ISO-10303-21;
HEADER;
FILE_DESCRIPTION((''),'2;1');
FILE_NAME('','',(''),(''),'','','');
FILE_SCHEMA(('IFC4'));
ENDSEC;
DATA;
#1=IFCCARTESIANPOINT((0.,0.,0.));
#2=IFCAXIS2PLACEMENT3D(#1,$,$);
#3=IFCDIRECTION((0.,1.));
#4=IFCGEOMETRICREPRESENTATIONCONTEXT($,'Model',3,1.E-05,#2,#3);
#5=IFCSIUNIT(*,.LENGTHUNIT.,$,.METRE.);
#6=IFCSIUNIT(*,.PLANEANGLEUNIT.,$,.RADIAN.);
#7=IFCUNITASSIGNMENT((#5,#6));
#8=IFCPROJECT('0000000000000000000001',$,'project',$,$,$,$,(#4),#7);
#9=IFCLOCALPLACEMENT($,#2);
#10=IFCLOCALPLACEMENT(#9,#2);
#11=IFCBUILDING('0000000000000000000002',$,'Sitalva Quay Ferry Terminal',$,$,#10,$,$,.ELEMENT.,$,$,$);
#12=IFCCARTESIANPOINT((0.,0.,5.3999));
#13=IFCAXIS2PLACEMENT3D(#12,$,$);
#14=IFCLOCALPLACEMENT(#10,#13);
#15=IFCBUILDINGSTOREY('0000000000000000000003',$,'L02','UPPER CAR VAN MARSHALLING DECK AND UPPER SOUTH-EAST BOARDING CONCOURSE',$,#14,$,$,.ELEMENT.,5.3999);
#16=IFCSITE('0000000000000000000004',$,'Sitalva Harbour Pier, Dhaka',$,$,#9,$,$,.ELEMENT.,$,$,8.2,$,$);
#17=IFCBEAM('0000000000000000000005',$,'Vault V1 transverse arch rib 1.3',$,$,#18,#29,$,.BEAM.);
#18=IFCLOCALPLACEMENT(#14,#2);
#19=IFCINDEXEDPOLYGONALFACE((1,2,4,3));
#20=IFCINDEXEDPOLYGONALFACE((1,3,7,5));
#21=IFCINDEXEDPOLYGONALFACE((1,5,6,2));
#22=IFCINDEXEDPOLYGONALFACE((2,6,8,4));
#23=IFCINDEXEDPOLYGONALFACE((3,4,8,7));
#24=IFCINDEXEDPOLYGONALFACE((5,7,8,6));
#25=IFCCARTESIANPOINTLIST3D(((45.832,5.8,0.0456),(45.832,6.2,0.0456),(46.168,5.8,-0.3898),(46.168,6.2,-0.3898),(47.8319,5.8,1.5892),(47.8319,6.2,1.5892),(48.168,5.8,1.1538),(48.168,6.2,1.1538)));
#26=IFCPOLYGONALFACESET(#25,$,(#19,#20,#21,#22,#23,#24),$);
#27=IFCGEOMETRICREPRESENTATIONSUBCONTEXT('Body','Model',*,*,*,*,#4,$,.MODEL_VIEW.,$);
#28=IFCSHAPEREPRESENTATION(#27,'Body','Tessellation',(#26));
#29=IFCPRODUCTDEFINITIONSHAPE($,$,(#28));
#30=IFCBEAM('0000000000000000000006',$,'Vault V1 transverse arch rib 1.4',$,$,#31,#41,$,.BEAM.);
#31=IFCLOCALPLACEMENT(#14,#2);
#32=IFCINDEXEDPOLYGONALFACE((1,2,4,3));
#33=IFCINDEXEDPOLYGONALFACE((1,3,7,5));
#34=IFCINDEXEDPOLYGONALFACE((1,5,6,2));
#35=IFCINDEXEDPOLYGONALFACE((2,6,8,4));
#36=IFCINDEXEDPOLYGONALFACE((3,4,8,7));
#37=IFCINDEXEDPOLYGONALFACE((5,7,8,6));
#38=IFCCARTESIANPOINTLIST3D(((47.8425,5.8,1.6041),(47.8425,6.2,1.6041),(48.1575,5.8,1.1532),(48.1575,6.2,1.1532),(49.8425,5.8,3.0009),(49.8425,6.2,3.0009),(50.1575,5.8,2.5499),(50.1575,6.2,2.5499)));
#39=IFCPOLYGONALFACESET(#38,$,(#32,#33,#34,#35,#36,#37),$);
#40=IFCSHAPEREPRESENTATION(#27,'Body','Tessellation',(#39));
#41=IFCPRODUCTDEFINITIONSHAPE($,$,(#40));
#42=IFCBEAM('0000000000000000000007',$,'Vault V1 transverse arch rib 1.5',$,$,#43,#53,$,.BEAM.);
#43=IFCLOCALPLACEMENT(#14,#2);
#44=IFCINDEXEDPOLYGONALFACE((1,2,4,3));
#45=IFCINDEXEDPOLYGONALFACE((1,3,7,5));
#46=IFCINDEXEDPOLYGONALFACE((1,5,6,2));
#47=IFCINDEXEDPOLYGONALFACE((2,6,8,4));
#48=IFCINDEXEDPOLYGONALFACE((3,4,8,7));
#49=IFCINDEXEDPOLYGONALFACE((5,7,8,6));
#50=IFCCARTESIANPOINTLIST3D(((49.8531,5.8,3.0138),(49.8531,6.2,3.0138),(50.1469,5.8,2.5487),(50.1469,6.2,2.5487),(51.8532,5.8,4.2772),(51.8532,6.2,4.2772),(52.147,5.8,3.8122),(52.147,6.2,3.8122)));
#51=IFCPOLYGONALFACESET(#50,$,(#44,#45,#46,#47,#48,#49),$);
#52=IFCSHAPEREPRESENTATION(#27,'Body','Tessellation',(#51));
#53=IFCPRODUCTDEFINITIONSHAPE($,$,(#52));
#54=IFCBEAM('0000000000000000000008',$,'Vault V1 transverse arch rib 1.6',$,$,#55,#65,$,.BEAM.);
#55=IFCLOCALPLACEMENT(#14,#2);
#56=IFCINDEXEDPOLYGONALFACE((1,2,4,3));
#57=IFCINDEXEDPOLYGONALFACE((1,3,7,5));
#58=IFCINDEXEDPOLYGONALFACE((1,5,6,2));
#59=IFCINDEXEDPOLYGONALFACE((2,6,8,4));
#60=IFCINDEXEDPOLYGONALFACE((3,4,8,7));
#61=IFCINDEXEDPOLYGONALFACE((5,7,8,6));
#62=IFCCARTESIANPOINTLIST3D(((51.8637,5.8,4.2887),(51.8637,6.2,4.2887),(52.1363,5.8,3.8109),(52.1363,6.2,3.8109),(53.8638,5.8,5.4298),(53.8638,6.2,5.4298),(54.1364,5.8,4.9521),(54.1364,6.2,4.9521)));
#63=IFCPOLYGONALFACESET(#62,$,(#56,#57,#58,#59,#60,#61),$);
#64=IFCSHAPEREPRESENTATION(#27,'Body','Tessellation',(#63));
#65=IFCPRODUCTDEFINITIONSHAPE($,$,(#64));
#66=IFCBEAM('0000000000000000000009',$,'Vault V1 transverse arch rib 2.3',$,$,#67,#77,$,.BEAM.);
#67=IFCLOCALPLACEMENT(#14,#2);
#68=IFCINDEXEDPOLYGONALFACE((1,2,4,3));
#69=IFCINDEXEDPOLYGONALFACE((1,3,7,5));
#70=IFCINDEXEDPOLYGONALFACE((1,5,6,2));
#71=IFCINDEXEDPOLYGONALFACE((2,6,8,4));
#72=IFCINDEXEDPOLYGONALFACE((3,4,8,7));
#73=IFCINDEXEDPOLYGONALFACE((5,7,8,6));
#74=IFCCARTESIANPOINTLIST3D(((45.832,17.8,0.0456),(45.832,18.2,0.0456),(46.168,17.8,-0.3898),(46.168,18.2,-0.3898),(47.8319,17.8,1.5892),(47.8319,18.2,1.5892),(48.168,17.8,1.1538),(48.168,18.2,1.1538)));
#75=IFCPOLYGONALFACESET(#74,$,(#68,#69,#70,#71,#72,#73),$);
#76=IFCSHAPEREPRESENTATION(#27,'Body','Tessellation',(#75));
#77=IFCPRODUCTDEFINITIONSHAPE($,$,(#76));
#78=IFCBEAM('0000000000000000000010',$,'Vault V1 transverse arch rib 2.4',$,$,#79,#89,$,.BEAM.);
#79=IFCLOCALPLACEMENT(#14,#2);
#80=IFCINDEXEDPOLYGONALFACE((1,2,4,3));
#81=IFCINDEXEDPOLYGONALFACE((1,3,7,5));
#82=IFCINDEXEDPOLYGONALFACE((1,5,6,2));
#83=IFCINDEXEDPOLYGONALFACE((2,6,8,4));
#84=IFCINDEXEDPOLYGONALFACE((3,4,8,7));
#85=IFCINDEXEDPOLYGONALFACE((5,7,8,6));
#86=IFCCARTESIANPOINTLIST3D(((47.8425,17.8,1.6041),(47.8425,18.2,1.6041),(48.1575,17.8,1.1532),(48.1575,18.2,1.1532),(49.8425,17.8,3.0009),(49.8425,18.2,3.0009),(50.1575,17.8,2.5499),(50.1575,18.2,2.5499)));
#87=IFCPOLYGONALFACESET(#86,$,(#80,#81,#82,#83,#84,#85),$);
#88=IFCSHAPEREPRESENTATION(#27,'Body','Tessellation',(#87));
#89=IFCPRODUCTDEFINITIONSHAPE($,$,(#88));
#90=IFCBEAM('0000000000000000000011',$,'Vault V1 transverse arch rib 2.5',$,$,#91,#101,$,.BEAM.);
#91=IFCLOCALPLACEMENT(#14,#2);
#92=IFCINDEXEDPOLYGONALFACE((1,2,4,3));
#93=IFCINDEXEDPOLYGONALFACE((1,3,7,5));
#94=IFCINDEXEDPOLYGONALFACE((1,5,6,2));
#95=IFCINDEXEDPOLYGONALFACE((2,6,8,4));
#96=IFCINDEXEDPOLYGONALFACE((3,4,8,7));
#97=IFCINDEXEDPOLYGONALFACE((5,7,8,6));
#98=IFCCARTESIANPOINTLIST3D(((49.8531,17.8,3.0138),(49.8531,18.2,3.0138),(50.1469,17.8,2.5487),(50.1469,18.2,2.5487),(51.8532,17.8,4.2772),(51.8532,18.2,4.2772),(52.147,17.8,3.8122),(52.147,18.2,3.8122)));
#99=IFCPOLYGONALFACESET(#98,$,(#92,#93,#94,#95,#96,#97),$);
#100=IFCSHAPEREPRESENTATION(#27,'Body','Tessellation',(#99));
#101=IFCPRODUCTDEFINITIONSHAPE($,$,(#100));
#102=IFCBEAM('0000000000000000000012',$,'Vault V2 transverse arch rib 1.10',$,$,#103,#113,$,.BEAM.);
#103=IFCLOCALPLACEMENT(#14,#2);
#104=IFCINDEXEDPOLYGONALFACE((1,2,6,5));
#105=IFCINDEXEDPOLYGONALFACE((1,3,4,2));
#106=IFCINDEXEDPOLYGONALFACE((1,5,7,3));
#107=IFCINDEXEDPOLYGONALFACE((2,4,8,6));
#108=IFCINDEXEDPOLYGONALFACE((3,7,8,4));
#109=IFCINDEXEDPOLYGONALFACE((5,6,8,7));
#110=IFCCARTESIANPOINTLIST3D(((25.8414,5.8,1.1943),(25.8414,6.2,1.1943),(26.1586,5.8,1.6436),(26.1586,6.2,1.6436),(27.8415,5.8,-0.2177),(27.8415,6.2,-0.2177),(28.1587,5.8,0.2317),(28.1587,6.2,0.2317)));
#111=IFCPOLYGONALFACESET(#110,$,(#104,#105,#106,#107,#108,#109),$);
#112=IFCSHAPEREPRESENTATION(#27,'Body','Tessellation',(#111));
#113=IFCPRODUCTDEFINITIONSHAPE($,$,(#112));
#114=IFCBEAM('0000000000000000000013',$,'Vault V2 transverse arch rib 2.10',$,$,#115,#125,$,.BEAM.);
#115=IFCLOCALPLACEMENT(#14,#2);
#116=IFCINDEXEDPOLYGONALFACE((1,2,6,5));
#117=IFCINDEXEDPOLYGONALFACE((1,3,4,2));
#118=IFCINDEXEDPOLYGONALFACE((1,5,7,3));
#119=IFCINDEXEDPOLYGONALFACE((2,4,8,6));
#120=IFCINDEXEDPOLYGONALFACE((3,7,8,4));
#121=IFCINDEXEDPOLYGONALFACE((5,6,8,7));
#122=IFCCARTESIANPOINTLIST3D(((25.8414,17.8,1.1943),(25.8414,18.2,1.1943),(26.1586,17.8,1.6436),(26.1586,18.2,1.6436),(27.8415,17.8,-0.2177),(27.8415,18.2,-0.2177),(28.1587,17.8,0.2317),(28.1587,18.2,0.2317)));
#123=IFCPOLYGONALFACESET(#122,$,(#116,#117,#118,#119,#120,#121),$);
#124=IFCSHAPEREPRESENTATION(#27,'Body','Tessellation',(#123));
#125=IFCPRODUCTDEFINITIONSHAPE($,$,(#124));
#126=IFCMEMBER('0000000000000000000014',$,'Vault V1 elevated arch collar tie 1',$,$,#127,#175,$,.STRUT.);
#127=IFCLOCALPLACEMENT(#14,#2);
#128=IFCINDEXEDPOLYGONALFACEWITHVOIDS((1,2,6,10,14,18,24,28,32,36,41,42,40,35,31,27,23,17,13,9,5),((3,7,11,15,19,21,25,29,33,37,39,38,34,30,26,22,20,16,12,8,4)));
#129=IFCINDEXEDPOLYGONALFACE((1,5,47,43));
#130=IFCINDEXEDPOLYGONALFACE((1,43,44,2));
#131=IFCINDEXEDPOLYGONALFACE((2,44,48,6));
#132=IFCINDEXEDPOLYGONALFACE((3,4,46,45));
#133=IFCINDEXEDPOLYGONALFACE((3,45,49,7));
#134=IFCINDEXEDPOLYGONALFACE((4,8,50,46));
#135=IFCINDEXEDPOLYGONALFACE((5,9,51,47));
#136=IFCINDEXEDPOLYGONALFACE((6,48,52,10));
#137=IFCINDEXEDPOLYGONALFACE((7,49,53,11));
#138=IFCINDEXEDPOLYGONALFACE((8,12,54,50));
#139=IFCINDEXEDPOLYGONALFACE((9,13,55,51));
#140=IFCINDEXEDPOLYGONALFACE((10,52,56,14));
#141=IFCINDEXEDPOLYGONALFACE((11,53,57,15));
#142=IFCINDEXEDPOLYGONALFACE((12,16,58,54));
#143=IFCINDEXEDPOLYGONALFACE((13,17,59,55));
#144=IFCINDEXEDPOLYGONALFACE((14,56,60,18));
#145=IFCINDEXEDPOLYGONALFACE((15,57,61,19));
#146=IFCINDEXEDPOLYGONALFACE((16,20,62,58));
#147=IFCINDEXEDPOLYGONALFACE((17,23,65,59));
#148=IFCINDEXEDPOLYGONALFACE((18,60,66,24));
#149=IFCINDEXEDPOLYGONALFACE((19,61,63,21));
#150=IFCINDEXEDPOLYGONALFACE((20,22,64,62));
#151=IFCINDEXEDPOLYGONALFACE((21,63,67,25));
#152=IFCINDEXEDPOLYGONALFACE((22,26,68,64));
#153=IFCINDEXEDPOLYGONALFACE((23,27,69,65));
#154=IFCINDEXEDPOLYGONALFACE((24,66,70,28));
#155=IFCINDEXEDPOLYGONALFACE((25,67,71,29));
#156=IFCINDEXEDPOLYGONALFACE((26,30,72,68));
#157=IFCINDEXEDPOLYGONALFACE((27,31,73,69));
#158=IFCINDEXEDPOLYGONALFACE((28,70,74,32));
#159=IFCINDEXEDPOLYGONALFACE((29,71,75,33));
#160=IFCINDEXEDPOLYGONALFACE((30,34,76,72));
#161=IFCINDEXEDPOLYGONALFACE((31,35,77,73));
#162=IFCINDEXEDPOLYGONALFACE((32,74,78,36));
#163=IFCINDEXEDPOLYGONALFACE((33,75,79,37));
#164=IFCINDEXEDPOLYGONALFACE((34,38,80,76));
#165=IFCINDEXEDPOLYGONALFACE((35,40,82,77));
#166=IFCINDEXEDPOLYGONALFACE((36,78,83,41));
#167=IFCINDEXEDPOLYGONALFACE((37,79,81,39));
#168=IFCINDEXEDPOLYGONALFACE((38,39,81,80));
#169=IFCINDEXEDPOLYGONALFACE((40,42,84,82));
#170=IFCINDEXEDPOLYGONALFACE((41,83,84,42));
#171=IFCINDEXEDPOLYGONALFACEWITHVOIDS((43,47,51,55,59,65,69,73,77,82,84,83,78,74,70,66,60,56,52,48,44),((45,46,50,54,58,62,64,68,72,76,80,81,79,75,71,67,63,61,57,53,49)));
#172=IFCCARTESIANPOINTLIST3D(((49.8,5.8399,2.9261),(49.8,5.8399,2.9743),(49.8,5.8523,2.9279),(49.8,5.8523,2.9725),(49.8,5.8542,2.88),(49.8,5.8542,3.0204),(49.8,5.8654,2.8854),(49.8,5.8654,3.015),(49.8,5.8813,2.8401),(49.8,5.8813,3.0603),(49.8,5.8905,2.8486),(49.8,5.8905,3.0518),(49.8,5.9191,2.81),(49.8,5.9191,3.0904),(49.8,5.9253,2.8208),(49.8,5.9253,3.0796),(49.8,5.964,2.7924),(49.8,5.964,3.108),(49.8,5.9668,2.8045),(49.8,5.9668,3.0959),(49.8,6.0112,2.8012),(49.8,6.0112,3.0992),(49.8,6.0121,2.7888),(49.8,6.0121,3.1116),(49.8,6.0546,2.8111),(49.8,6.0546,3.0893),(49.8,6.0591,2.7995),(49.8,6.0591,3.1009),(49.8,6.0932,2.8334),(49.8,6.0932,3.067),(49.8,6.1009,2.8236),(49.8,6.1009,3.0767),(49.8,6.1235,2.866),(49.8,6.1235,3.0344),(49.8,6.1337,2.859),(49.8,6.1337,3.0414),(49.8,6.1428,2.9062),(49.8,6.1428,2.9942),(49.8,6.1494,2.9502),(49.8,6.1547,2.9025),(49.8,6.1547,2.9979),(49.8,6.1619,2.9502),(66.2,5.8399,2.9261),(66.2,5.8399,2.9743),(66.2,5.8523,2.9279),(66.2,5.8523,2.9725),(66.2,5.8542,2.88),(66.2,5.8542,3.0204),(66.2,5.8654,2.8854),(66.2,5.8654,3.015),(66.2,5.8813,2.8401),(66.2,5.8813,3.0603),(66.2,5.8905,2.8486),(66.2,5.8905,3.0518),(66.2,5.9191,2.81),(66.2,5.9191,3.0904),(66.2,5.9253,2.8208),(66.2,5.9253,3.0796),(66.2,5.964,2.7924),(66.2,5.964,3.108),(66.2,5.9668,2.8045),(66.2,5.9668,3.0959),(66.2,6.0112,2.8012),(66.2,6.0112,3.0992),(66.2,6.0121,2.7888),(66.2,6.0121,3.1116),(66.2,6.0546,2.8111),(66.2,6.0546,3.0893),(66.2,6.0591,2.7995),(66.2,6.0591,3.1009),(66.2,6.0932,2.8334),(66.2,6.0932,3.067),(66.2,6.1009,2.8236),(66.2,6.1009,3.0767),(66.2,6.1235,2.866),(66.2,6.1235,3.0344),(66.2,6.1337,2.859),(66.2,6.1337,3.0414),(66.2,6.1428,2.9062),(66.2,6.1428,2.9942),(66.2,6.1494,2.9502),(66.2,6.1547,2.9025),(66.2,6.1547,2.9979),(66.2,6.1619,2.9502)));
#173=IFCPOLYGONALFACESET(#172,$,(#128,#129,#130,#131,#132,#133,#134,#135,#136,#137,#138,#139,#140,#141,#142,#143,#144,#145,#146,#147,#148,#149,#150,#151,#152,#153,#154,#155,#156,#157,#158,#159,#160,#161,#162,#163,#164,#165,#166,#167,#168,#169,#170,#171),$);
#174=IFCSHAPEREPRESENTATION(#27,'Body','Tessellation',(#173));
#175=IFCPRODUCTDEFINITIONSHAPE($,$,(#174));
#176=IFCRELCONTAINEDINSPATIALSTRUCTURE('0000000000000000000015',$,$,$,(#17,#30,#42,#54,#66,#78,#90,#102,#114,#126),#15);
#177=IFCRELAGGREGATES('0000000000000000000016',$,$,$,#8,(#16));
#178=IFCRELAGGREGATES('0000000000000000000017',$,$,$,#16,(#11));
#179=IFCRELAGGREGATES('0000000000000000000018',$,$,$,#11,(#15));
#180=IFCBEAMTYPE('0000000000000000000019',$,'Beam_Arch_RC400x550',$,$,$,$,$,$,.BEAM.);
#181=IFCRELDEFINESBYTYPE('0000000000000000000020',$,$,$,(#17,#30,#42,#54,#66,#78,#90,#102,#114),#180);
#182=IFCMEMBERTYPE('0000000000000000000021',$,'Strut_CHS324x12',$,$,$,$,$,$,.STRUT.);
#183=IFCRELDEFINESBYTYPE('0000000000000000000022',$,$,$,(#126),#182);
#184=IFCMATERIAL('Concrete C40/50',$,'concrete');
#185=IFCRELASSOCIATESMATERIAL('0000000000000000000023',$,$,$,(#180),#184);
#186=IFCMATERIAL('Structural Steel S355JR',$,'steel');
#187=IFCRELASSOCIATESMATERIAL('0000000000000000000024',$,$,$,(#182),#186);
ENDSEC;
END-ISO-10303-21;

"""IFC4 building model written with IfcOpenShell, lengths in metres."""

from ifc_helpers import new_model, si_unit, direction, frame, origin, origin_2d, place, context, subcontext, project, spatial, rectangle, hollow_circle, extrude, material, material_profile, profile_set, type_object, element, save


model = new_model("IFC4")

# Units and contexts
model_context = context("Model", 3, precision=1e-05, world=origin(), true_north=direction((0.0, 1.0)))
body_context = subcontext(model_context, "Body", "Model", "MODEL_VIEW")
ifc_project = project(units=[si_unit("LENGTHUNIT", "METRE"), si_unit("PLANEANGLEUNIT", "RADIAN")], contexts=[model_context])

# Site, building, storey
site_placement = place(None, origin())
site = spatial("IfcSite", under=ifc_project, at=site_placement, Name="Sitalva Harbour Pier, Dhaka", CompositionType="ELEMENT", RefElevation=8.2)
building_placement = place(site_placement, origin())
building = spatial("IfcBuilding", under=site, at=building_placement, Name="Sitalva Quay Ferry Terminal", CompositionType="ELEMENT")
storey_placement = place(building_placement, frame((0.0, 0.0, 5.3999)))
storey = spatial("IfcBuildingStorey", under=building, at=storey_placement, Name="L02", Description="UPPER CAR VAN MARSHALLING DECK AND UPPER SOUTH-EAST BOARDING CONCOURSE", CompositionType="ELEMENT", Elevation=5.3999)

# Beams
ifc_material_1 = material(Name="Concrete C40/50", Category="concrete")
ifc_material_profile_1 = material_profile(ifc_material_1, rectangle(XDim=0.3999, YDim=0.55, at=origin_2d()), Name="RC400x550")
ifc_profile_set_1 = profile_set([ifc_material_profile_1], Name="Concrete C40/50")
beam_type = type_object("IfcBeamType", Name="Beam_Arch_RC400x550", PredefinedType="BEAM", material=ifc_profile_set_1)
beam_1_placement = place(storey_placement, frame((46.0, 6.0, -0.1721), z_axis=(0.791621, 0.0, 0.611013), x_axis=(0.0, 1.0, 0.0)))
element("IfcBeam", 1, at=beam_1_placement, inside=storey, type_object=beam_type, Name="Vault V1 transverse arch rib 1.3", PredefinedType="BEAM", context=body_context, shape_type="SweptSolid", body=[
    extrude(rectangle(XDim=0.3999, YDim=0.55, at=origin_2d()), origin(), (0.0, 0.0, 1.0), 2.5264),
])
beam_2_placement = place(storey_placement, frame((48.0, 6.0, 1.3787), z_axis=(0.819861, 0.0, 0.572562), x_axis=(0.0, 1.0, 0.0)))
element("IfcBeam", 2, at=beam_2_placement, inside=storey, type_object=beam_type, Name="Vault V1 transverse arch rib 1.4", PredefinedType="BEAM", context=body_context, shape_type="SweptSolid", body=[
    extrude(rectangle(XDim=0.3999, YDim=0.55, at=origin_2d()), origin(), (0.0, 0.0, 1.0), 2.4395),
])
beam_3_placement = place(storey_placement, frame((50.0, 6.0, 2.7812), z_axis=(0.845437, 0.0, 0.534075), x_axis=(0.0, 1.0, 0.0)))
element("IfcBeam", 3, at=beam_3_placement, inside=storey, type_object=beam_type, Name="Vault V1 transverse arch rib 1.5", PredefinedType="BEAM", context=body_context, shape_type="SweptSolid", body=[
    extrude(rectangle(XDim=0.3999, YDim=0.55, at=origin_2d()), origin(), (0.0, 0.0, 1.0), 2.3657),
])
beam_4_placement = place(storey_placement, frame((52.0, 6.0, 4.0498), z_axis=(0.868569, 0.0, 0.495568), x_axis=(0.0, 1.0, 0.0)))
element("IfcBeam", 4, at=beam_4_placement, inside=storey, type_object=beam_type, Name="Vault V1 transverse arch rib 1.6", PredefinedType="BEAM", context=body_context, shape_type="SweptSolid", body=[
    extrude(rectangle(XDim=0.3999, YDim=0.55, at=origin_2d()), origin(), (0.0, 0.0, 1.0), 2.3027),
])
beam_5_placement = place(storey_placement, frame((46.0, 18.0, -0.1721), z_axis=(0.791621, 0.0, 0.611013), x_axis=(0.0, 1.0, 0.0)))
element("IfcBeam", 5, at=beam_5_placement, inside=storey, type_object=beam_type, Name="Vault V1 transverse arch rib 2.3", PredefinedType="BEAM", context=body_context, shape_type="SweptSolid", body=[
    extrude(rectangle(XDim=0.3999, YDim=0.55, at=origin_2d()), origin(), (0.0, 0.0, 1.0), 2.5264),
])
beam_6_placement = place(storey_placement, frame((48.0, 18.0, 1.3787), z_axis=(0.819861, 0.0, 0.572562), x_axis=(0.0, 1.0, 0.0)))
element("IfcBeam", 6, at=beam_6_placement, inside=storey, type_object=beam_type, Name="Vault V1 transverse arch rib 2.4", PredefinedType="BEAM", context=body_context, shape_type="SweptSolid", body=[
    extrude(rectangle(XDim=0.3999, YDim=0.55, at=origin_2d()), origin(), (0.0, 0.0, 1.0), 2.4395),
])
beam_7_placement = place(storey_placement, frame((50.0, 18.0, 2.7812), z_axis=(0.845437, 0.0, 0.534075), x_axis=(0.0, 1.0, 0.0)))
element("IfcBeam", 7, at=beam_7_placement, inside=storey, type_object=beam_type, Name="Vault V1 transverse arch rib 2.5", PredefinedType="BEAM", context=body_context, shape_type="SweptSolid", body=[
    extrude(rectangle(XDim=0.3999, YDim=0.55, at=origin_2d()), origin(), (0.0, 0.0, 1.0), 2.3657),
])
for number, where, z_axis, x_axis, name in (
    (8, (26.0, 6.0, 1.4189), (0.816949, 0.0, -0.576711), (0.0, 1.0, 0.0), "Vault V2 transverse arch rib 1.10"),
    (9, (26.0, 18.0, 1.4189), (0.816949, 0.0, -0.576711), (0.0, 1.0, 0.0), "Vault V2 transverse arch rib 2.10"),
):
    element("IfcBeam", number, at=place(storey_placement, frame(where, z_axis=z_axis, x_axis=x_axis)), inside=storey, type_object=beam_type, Name=name, PredefinedType="BEAM", context=body_context, shape_type="SweptSolid", body=[
        extrude(rectangle(XDim=0.3999, YDim=0.55, at=origin_2d()), origin(), (0.0, 0.0, 1.0), 2.4482),
    ])

# Member
ifc_material_2 = material(Name="Structural Steel S355JR", Category="steel")
ifc_material_profile_2 = material_profile(ifc_material_2, hollow_circle(Radius=0.1619, WallThickness=0.0125, at=origin_2d()), Name="CHS324x12.5")
ifc_profile_set_2 = profile_set([ifc_material_profile_2], Name="Structural Steel S355JR")
member_type = type_object("IfcMemberType", Name="Strut_CHS324x12", PredefinedType="STRUT", material=ifc_profile_set_2)
for number, where, z_axis, x_axis, name in (
    (10, (49.8, 6.0, 2.9502), (1.0, 0.0, 0.0), (0.0, 1.0, 0.0), "Vault V1 elevated arch collar tie 1"),
):
    element("IfcMember", number, at=place(storey_placement, frame(where, z_axis=z_axis, x_axis=x_axis)), inside=storey, type_object=member_type, Name=name, PredefinedType="STRUT", context=body_context, shape_type="SweptSolid", body=[
        extrude(hollow_circle(Radius=0.1619, WallThickness=0.0125, at=origin_2d()), origin(), (0.0, 0.0, 1.0), 16.3999),
    ])

save(model, "model.ifc")
